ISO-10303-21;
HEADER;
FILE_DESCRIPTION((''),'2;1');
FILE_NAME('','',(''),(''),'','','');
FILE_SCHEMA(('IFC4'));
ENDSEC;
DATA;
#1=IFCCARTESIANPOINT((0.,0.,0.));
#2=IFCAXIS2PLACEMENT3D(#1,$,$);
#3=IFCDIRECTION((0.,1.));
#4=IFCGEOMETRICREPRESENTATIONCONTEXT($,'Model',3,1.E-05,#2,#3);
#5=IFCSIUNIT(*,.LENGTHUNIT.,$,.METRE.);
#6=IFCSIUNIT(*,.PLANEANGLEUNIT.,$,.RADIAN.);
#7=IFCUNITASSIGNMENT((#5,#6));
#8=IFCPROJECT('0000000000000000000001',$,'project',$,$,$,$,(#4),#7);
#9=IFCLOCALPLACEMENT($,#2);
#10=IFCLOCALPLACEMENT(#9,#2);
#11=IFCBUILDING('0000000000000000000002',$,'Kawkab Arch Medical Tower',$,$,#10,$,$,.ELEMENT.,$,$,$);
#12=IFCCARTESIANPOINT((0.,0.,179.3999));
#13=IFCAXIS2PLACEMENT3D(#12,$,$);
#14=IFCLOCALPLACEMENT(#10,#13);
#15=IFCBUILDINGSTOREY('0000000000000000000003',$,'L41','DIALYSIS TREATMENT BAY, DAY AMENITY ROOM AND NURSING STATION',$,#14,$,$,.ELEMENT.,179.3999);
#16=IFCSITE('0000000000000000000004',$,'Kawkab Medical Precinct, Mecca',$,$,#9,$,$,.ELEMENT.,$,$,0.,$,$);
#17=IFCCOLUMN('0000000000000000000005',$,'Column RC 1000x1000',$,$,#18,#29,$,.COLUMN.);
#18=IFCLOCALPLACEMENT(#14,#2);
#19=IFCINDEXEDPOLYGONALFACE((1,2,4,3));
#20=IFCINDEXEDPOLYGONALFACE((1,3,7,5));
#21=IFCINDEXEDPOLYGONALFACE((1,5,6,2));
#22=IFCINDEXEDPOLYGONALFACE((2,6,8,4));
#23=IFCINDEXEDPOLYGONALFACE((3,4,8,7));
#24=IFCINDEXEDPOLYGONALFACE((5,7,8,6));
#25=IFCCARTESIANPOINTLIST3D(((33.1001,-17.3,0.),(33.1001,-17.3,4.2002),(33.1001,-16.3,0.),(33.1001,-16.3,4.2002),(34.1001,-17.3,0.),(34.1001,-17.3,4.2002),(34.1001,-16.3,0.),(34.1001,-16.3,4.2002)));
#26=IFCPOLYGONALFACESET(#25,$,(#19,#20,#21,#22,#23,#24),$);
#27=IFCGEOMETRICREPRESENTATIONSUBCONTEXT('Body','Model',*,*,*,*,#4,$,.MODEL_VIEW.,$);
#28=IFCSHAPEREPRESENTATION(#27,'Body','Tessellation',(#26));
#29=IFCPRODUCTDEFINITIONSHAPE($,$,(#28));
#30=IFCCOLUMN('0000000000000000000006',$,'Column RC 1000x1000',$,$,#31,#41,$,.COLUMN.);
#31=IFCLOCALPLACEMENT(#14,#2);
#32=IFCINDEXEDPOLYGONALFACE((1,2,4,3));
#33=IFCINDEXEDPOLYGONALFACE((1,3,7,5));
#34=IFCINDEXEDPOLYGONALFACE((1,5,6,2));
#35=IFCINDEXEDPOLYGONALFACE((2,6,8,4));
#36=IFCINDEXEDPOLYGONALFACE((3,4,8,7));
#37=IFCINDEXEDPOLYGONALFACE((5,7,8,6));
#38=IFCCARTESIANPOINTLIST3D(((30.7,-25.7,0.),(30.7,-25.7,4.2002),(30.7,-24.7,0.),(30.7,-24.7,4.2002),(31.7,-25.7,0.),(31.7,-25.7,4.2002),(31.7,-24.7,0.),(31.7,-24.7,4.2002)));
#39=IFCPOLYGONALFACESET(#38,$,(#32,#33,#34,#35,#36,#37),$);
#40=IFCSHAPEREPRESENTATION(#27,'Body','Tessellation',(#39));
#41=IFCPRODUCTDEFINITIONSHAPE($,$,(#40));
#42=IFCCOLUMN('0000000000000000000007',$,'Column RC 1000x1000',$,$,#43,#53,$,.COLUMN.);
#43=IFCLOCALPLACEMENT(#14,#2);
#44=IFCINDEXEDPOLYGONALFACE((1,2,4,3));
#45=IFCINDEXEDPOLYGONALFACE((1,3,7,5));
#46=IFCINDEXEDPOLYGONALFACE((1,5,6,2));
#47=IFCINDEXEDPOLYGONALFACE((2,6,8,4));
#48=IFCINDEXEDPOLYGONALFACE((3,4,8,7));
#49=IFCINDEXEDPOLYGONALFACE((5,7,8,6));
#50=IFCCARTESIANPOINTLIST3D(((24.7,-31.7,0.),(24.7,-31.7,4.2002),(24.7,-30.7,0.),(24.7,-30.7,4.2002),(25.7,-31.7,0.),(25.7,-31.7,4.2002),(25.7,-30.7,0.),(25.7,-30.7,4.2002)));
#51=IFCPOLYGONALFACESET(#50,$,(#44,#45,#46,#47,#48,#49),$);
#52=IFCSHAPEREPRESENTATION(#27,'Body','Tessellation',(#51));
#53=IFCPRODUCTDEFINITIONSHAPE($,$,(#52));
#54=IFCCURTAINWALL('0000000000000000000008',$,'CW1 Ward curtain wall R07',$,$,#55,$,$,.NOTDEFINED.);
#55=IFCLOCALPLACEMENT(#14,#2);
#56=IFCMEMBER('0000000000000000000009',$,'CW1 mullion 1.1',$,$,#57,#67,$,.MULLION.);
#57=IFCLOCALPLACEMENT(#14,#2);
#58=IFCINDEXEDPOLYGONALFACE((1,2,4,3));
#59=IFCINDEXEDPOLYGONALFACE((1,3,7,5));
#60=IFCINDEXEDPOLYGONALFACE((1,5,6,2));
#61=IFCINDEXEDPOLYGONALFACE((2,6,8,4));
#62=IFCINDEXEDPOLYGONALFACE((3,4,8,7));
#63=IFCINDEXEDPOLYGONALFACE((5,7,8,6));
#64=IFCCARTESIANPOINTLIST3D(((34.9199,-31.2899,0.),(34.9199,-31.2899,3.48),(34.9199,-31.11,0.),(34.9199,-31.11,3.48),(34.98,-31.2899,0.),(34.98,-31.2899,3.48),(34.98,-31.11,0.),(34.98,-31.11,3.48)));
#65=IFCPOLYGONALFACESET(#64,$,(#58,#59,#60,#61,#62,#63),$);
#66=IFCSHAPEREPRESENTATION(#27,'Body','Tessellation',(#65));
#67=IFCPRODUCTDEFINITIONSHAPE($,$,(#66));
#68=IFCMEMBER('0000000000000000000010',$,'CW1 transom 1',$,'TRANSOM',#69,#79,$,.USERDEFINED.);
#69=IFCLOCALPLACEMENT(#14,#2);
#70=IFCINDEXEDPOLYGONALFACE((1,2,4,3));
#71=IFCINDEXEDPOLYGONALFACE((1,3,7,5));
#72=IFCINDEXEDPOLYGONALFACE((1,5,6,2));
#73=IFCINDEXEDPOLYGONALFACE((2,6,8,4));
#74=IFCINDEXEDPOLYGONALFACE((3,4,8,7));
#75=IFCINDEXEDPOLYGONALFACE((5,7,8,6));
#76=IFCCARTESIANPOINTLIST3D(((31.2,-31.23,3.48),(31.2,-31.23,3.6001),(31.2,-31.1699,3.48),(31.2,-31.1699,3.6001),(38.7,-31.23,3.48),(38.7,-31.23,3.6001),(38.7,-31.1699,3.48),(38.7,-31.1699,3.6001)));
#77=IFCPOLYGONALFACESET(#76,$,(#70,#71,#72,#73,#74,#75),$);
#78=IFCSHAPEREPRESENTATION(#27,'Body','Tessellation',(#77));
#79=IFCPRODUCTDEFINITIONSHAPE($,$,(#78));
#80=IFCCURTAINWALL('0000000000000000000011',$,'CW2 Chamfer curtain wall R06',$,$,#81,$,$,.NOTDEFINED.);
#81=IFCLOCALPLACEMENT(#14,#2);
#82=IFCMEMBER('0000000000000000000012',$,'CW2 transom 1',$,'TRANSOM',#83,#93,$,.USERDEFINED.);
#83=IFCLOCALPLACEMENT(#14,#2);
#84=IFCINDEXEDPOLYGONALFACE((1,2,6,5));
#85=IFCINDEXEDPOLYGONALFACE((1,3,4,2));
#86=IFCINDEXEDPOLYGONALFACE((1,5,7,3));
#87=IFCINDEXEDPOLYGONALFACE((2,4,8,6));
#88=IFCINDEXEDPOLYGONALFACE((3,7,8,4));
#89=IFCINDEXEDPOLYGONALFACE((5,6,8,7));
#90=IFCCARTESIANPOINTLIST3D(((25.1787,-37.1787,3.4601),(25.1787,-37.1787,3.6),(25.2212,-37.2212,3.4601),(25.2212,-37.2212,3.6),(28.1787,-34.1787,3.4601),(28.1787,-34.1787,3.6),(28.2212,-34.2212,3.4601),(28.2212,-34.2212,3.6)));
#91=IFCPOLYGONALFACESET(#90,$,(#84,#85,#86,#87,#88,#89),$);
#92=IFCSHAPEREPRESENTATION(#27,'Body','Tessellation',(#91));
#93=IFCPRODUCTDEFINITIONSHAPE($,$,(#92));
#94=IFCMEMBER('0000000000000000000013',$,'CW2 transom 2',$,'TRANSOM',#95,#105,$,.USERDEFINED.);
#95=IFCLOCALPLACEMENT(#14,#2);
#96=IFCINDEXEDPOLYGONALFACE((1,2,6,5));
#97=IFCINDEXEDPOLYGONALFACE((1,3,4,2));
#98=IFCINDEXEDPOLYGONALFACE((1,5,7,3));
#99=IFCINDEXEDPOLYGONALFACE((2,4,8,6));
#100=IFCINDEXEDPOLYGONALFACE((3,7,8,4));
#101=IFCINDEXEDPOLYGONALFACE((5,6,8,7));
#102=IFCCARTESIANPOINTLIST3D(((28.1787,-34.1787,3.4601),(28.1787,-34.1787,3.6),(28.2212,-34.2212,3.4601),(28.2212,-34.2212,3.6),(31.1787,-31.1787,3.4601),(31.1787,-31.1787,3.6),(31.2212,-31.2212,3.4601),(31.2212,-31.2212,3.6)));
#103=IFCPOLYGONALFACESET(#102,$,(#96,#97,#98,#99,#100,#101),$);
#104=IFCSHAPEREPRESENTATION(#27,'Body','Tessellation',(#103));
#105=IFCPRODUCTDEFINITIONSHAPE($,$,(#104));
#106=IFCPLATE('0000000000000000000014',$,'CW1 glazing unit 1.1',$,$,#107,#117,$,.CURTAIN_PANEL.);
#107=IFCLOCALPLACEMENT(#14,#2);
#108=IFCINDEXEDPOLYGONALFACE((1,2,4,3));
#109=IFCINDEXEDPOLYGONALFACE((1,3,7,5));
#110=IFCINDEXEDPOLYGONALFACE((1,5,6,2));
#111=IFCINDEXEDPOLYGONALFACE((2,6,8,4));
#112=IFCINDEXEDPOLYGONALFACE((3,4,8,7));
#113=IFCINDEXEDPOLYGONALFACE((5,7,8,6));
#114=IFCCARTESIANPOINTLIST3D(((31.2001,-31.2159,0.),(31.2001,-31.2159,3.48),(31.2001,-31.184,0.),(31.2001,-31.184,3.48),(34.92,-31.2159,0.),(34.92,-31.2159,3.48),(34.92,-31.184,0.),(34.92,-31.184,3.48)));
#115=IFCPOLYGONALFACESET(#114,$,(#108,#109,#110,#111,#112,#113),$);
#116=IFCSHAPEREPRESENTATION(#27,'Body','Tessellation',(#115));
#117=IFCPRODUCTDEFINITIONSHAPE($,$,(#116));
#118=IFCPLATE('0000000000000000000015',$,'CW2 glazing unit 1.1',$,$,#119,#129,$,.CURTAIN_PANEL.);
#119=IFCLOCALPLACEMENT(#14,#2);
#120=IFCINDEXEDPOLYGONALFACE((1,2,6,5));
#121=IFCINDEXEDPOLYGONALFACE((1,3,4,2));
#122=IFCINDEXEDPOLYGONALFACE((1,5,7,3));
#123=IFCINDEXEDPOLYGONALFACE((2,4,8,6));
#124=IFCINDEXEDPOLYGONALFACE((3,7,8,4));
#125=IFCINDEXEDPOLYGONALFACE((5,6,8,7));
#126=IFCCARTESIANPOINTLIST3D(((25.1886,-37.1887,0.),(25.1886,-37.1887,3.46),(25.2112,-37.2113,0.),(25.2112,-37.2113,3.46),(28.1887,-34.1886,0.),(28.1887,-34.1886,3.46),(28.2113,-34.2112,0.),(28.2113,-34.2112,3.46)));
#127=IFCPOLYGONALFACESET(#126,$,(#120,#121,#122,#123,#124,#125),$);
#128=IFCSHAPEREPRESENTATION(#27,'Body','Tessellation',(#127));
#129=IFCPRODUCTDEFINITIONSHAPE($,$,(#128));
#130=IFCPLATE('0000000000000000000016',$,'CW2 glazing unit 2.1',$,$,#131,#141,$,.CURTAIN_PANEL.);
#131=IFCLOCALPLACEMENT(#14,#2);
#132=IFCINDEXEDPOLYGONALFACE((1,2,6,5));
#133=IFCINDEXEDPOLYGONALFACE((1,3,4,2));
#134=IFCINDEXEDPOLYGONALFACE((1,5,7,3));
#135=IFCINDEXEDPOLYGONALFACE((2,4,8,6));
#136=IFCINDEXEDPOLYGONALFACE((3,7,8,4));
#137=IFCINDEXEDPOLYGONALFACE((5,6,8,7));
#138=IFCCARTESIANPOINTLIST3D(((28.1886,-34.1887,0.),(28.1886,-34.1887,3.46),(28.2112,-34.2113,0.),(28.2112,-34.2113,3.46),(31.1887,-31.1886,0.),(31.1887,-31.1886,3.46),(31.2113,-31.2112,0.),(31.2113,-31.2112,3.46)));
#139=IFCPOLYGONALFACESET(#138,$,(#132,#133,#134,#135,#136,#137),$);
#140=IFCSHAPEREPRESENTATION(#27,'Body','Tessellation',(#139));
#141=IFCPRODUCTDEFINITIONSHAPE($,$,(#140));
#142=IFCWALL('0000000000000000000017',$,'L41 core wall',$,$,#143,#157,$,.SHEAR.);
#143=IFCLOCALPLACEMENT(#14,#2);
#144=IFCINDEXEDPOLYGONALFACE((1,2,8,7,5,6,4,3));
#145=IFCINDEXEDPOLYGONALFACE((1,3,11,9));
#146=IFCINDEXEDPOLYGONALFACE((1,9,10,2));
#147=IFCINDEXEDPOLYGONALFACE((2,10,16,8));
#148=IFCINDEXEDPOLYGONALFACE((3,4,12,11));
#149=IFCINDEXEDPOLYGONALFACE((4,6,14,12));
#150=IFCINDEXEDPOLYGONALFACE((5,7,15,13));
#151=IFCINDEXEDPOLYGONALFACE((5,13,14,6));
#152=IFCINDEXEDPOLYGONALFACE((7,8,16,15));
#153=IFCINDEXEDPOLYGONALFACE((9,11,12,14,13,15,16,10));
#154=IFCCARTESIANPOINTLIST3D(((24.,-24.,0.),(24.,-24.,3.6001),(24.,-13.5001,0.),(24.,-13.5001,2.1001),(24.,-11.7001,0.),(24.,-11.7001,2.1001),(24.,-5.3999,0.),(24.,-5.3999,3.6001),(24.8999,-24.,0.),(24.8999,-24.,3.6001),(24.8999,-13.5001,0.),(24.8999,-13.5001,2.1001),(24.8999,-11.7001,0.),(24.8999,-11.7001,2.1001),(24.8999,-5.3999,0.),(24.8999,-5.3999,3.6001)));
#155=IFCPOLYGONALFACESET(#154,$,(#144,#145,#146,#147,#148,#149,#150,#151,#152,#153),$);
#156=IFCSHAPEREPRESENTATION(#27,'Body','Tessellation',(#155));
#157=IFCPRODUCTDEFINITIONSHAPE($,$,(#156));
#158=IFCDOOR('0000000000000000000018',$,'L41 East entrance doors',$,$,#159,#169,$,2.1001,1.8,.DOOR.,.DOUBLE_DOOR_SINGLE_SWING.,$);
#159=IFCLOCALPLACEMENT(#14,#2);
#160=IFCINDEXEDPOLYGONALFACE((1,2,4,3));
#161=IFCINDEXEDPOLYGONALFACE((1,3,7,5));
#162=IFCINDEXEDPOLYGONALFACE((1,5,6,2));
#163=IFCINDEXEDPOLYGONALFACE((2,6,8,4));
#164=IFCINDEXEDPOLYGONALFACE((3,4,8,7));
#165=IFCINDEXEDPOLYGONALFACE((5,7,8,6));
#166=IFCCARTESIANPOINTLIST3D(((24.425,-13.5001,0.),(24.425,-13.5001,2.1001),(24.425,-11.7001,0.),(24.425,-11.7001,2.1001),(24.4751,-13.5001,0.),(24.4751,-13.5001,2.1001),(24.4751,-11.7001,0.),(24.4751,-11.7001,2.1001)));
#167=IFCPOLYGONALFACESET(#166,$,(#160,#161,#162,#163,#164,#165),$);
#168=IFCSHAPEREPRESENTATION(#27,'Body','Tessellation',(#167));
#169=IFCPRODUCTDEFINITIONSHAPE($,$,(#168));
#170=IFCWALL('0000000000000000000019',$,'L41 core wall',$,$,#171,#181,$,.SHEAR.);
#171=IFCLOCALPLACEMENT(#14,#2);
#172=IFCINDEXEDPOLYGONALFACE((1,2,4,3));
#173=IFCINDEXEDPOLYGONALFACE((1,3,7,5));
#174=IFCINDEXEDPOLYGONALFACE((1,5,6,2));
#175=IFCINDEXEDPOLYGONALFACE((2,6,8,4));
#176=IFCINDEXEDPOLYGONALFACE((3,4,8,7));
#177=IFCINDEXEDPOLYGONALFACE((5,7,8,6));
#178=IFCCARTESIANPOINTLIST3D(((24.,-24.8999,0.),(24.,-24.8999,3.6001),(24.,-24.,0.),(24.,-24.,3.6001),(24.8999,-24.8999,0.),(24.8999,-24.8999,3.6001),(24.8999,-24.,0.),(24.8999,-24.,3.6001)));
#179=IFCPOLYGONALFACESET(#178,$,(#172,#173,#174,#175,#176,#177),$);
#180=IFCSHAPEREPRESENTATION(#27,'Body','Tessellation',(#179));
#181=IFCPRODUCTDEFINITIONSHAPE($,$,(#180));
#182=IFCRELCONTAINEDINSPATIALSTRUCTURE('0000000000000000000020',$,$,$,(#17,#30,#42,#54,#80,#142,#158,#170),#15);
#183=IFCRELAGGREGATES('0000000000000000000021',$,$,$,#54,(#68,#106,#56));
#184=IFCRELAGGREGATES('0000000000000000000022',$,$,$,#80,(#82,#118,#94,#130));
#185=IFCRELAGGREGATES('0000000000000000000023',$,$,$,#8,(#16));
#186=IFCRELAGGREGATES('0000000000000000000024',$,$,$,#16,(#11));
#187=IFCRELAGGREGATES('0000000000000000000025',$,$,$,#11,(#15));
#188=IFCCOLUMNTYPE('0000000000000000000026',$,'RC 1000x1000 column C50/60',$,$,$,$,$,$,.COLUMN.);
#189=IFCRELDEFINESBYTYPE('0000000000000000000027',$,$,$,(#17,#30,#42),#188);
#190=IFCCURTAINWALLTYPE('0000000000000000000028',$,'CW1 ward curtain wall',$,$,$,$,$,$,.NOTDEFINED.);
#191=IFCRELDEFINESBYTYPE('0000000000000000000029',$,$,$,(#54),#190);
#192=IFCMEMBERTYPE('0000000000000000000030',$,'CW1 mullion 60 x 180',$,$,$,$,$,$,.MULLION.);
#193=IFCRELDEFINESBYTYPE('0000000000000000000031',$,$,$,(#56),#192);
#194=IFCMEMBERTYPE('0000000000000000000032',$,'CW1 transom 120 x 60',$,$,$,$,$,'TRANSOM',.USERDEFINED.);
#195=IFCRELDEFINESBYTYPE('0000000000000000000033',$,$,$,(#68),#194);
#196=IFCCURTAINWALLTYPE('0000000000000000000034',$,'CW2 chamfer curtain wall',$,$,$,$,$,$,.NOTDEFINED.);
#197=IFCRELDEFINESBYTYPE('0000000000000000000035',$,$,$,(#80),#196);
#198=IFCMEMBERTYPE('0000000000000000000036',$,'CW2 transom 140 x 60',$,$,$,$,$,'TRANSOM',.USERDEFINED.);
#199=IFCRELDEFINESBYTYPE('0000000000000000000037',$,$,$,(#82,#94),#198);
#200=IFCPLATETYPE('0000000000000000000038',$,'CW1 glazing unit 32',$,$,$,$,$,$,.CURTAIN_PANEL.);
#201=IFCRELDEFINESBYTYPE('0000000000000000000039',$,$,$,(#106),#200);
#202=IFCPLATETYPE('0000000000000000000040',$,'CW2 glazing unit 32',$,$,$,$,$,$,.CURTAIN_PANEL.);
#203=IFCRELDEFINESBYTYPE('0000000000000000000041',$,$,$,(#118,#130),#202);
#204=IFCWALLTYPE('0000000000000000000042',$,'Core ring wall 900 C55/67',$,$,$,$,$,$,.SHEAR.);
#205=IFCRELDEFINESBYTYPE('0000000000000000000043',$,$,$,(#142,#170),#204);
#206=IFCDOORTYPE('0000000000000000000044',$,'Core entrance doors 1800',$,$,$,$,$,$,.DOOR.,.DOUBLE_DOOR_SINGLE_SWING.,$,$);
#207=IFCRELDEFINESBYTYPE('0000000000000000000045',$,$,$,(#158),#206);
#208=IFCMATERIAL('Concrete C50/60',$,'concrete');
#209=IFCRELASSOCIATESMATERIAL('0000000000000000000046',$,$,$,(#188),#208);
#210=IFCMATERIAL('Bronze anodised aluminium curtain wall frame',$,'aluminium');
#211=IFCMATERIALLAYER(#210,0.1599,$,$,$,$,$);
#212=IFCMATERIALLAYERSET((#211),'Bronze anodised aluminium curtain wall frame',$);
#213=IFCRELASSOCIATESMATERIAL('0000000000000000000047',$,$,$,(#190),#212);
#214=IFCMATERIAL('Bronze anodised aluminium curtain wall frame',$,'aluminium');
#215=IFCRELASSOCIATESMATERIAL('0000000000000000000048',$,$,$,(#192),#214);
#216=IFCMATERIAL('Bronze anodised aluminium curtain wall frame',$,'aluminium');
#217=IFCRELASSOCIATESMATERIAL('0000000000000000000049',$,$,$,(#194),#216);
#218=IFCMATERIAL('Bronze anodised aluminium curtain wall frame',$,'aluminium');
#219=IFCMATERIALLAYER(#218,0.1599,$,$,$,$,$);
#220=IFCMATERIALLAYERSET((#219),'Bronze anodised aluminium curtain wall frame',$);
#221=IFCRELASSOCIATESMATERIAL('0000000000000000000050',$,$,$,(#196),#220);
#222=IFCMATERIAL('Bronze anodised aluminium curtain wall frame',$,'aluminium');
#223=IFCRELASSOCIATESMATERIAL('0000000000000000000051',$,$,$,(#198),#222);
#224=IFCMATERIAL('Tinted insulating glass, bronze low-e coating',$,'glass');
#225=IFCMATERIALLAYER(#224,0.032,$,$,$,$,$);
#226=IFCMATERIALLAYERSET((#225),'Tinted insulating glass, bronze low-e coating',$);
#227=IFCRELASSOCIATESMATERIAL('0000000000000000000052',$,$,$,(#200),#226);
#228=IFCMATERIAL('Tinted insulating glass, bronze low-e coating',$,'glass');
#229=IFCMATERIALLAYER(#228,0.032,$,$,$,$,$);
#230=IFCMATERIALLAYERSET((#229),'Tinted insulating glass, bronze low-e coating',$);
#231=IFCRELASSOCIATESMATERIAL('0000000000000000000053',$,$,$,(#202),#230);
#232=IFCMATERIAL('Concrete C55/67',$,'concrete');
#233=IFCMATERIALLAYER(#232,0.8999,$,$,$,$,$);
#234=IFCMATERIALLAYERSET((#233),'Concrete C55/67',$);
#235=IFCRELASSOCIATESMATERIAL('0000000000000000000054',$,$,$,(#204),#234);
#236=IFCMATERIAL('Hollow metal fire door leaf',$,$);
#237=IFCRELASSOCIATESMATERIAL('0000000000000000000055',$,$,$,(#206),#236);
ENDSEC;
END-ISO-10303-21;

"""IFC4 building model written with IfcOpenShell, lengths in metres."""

from ifc_helpers import new_model, si_unit, direction, frame, frame_2d, origin, origin_2d, place, context, subcontext, project, spatial, rectangle, extrude, material, layer, layer_set, material_profile, profile_set, type_object, element, fill, aggregate, save


model = new_model("IFC4")

# Units and contexts
model_context = context("Model", 3, precision=1e-05, world=origin(), true_north=direction((0.0, 1.0)))
body_context = subcontext(model_context, "Body", "Model", "MODEL_VIEW")
ifc_project = project(units=[si_unit("LENGTHUNIT", "METRE"), si_unit("PLANEANGLEUNIT", "RADIAN")], contexts=[model_context])

# Site, building, storey
site_placement = place(None, origin())
site = spatial("IfcSite", under=ifc_project, at=site_placement, Name="Kawkab Medical Precinct, Mecca", CompositionType="ELEMENT", RefElevation=0.0)
building_placement = place(site_placement, origin())
building = spatial("IfcBuilding", under=site, at=building_placement, Name="Kawkab Arch Medical Tower", CompositionType="ELEMENT")
storey_placement = place(building_placement, frame((0.0, 0.0, 179.3999)))
storey = spatial("IfcBuildingStorey", under=building, at=storey_placement, Name="L41", Description="DIALYSIS TREATMENT BAY, DAY AMENITY ROOM AND NURSING STATION", CompositionType="ELEMENT", Elevation=179.3999)

# Columns
ifc_material_1 = material(Name="Concrete C50/60", Category="concrete")
ifc_material_profile_1 = material_profile(ifc_material_1, rectangle(XDim=1.0, YDim=1.0, at=origin_2d()), Name="RC 1000x1000")
ifc_profile_set_1 = profile_set([ifc_material_profile_1], Name="Concrete C50/60")
column_type = type_object("IfcColumnType", Name="RC 1000x1000 column C50/60", PredefinedType="COLUMN", material=ifc_profile_set_1)
for number, where, z_axis, x_axis, name in (
    (1, (33.6001, -16.8, 0.0), (0.0, 0.0, 1.0), (1.0, 0.0, 0.0), "Column RC 1000x1000"),
    (2, (31.2, -25.2, 0.0), (0.0, 0.0, 1.0), (1.0, 0.0, 0.0), "Column RC 1000x1000"),
    (3, (25.2, -31.2, 0.0), (0.0, 0.0, 1.0), (1.0, 0.0, 0.0), "Column RC 1000x1000"),
):
    element("IfcColumn", number, at=place(storey_placement, frame(where, z_axis=z_axis, x_axis=x_axis)), inside=storey, type_object=column_type, Name=name, PredefinedType="COLUMN", context=body_context, shape_type="SweptSolid", body=[
        extrude(rectangle(XDim=1.0, YDim=1.0, at=origin_2d()), origin(), (0.0, 0.0, 1.0), 4.2002),
    ])

# Curtain walls, members
ifc_material_2 = material(Name="Bronze anodised aluminium curtain wall frame", Category="aluminium")
ifc_layer_1 = layer(ifc_material_2, 0.1599)
ifc_layer_set_1 = layer_set([ifc_layer_1], Name="Bronze anodised aluminium curtain wall frame")
curtain_wall_type_1 = type_object("IfcCurtainWallType", Name="CW1 ward curtain wall", PredefinedType="NOTDEFINED", material=ifc_layer_set_1)
placement = place(storey_placement, origin())
curtain_wall_1 = element("IfcCurtainWall", 4, at=placement, inside=storey, type_object=curtain_wall_type_1, Name="CW1 Ward curtain wall R07", PredefinedType="NOTDEFINED")
ifc_material_3 = material(Name="Bronze anodised aluminium curtain wall frame", Category="aluminium")
ifc_material_profile_2 = material_profile(ifc_material_3, rectangle(XDim=0.1799, YDim=0.0601, at=origin_2d()), Name="AL 60x180")
ifc_profile_set_2 = profile_set([ifc_material_profile_2], Name="Bronze anodised aluminium curtain wall frame")
member_type_1 = type_object("IfcMemberType", Name="CW1 mullion 60 x 180", PredefinedType="MULLION", material=ifc_profile_set_2)
member_1_placement = place(storey_placement, frame((34.95, -31.2, 0.0), z_axis=(0.0, 0.0, 1.0), x_axis=(0.0, 1.0, 0.0)))
member_1 = element("IfcMember", 5, at=member_1_placement, type_object=member_type_1, Name="CW1 mullion 1.1", PredefinedType="MULLION", context=body_context, shape_type="SweptSolid", body=[
    extrude(rectangle(XDim=0.1799, YDim=0.0601, at=origin_2d()), origin(), (0.0, 0.0, 1.0), 3.48),
])
ifc_material_4 = material(Name="Bronze anodised aluminium curtain wall frame", Category="aluminium")
ifc_material_profile_3 = material_profile(ifc_material_4, rectangle(XDim=0.0601, YDim=0.1201, at=origin_2d()), Name="AL 60x120")
ifc_profile_set_3 = profile_set([ifc_material_profile_3], Name="Bronze anodised aluminium curtain wall frame")
member_type_2 = type_object("IfcMemberType", Name="CW1 transom 120 x 60", ElementType="TRANSOM", PredefinedType="USERDEFINED", material=ifc_profile_set_3)
member_2_placement = place(storey_placement, frame((31.2, -31.2, 3.54), z_axis=(1.0, 0.0, 0.0), x_axis=(0.0, 1.0, 0.0)))
member_2 = element("IfcMember", 6, at=member_2_placement, type_object=member_type_2, Name="CW1 transom 1", ObjectType="TRANSOM", PredefinedType="USERDEFINED", context=body_context, shape_type="SweptSolid", body=[
    extrude(rectangle(XDim=0.0601, YDim=0.1201, at=origin_2d()), origin(), (0.0, 0.0, 1.0), 7.5),
])
ifc_material_5 = material(Name="Bronze anodised aluminium curtain wall frame", Category="aluminium")
ifc_layer_2 = layer(ifc_material_5, 0.1599)
ifc_layer_set_2 = layer_set([ifc_layer_2], Name="Bronze anodised aluminium curtain wall frame")
curtain_wall_type_2 = type_object("IfcCurtainWallType", Name="CW2 chamfer curtain wall", PredefinedType="NOTDEFINED", material=ifc_layer_set_2)
curtain_wall_2 = element("IfcCurtainWall", 7, at=placement, inside=storey, type_object=curtain_wall_type_2, Name="CW2 Chamfer curtain wall R06", PredefinedType="NOTDEFINED")
ifc_material_6 = material(Name="Bronze anodised aluminium curtain wall frame", Category="aluminium")
ifc_material_profile_4 = material_profile(ifc_material_6, rectangle(XDim=0.0601, YDim=0.1399, at=origin_2d()), Name="AL 60x140")
ifc_profile_set_4 = profile_set([ifc_material_profile_4], Name="Bronze anodised aluminium curtain wall frame")
member_type_3 = type_object("IfcMemberType", Name="CW2 transom 140 x 60", ElementType="TRANSOM", PredefinedType="USERDEFINED", material=ifc_profile_set_4)
member_3_placement = place(storey_placement, frame((25.2, -37.2, 3.53), z_axis=(0.707107, 0.707107, 0.0), x_axis=(-0.707107, 0.707107, 0.0)))
member_3 = element("IfcMember", 8, at=member_3_placement, type_object=member_type_3, Name="CW2 transom 1", ObjectType="TRANSOM", PredefinedType="USERDEFINED", context=body_context, shape_type="SweptSolid", body=[
    extrude(rectangle(XDim=0.0601, YDim=0.1399, at=origin_2d()), origin(), (0.0, 0.0, 1.0), 4.2427),
])
member_4_placement = place(storey_placement, frame((28.2, -34.2, 3.53), z_axis=(0.707107, 0.707107, 0.0), x_axis=(-0.707107, 0.707107, 0.0)))
member_4 = element("IfcMember", 9, at=member_4_placement, type_object=member_type_3, Name="CW2 transom 2", ObjectType="TRANSOM", PredefinedType="USERDEFINED", context=body_context, shape_type="SweptSolid", body=[
    extrude(rectangle(XDim=0.0601, YDim=0.1399, at=origin_2d()), origin(), (0.0, 0.0, 1.0), 4.2427),
])

# Plates
ifc_material_7 = material(Name="Tinted insulating glass, bronze low-e coating", Category="glass")
ifc_layer_3 = layer(ifc_material_7, 0.032)
ifc_layer_set_3 = layer_set([ifc_layer_3], Name="Tinted insulating glass, bronze low-e coating")
plate_type_1 = type_object("IfcPlateType", Name="CW1 glazing unit 32", PredefinedType="CURTAIN_PANEL", material=ifc_layer_set_3)
plate_1_placement = place(storey_placement, frame((33.0601, -31.2, 0.0), z_axis=(0.0, 0.0, 1.0), x_axis=(1.0, 0.0, 0.0)))
plate_1 = element("IfcPlate", 10, at=plate_1_placement, type_object=plate_type_1, Name="CW1 glazing unit 1.1", PredefinedType="CURTAIN_PANEL", context=body_context, shape_type="SweptSolid", body=[
    extrude(rectangle(XDim=3.72, YDim=0.032, at=origin_2d()), origin(), (0.0, 0.0, 1.0), 3.48),
])
aggregate(curtain_wall_1, [member_2, plate_1, member_1])
ifc_material_8 = material(Name="Tinted insulating glass, bronze low-e coating", Category="glass")
ifc_layer_4 = layer(ifc_material_8, 0.032)
ifc_layer_set_4 = layer_set([ifc_layer_4], Name="Tinted insulating glass, bronze low-e coating")
plate_type_2 = type_object("IfcPlateType", Name="CW2 glazing unit 32", PredefinedType="CURTAIN_PANEL", material=ifc_layer_set_4)
plate_2_placement = place(storey_placement, frame((26.7, -35.7, 0.0), z_axis=(0.0, 0.0, 1.0), x_axis=(0.707107, 0.707107, 0.0)))
plate_2 = element("IfcPlate", 11, at=plate_2_placement, type_object=plate_type_2, Name="CW2 glazing unit 1.1", PredefinedType="CURTAIN_PANEL", context=body_context, shape_type="SweptSolid", body=[
    extrude(rectangle(XDim=4.2427, YDim=0.032, at=origin_2d()), origin(), (0.0, 0.0, 1.0), 3.46),
])
plate_3_placement = place(storey_placement, frame((29.7, -32.7, 0.0), z_axis=(0.0, 0.0, 1.0), x_axis=(0.707107, 0.707107, 0.0)))
plate_3 = element("IfcPlate", 12, at=plate_3_placement, type_object=plate_type_2, Name="CW2 glazing unit 2.1", PredefinedType="CURTAIN_PANEL", context=body_context, shape_type="SweptSolid", body=[
    extrude(rectangle(XDim=4.2427, YDim=0.032, at=origin_2d()), origin(), (0.0, 0.0, 1.0), 3.46),
])
aggregate(curtain_wall_2, [member_3, plate_2, member_4, plate_3])

# Wall, opening, door
ifc_material_9 = material(Name="Concrete C55/67", Category="concrete")
ifc_layer_5 = layer(ifc_material_9, 0.8999)
ifc_layer_set_5 = layer_set([ifc_layer_5], Name="Concrete C55/67")
wall_type_1 = type_object("IfcWallType", Name="Core ring wall 900 C55/67", PredefinedType="SHEAR", material=ifc_layer_set_5)
wall_1_placement = place(storey_placement, frame((24.45, -24.0, 0.0), z_axis=(0.0, 0.0, 1.0), x_axis=(0.0, 1.0, 0.0)))
wall_1 = element("IfcWall", 13, at=wall_1_placement, inside=storey, type_object=wall_type_1, Name="L41 core wall", PredefinedType="SHEAR", context=body_context, shape_type="SweptSolid", body=[
    extrude(rectangle(XDim=18.6001, YDim=0.8999, at=frame_2d((9.3, 0.0))), origin(), (0.0, 0.0, 1.0), 3.6001),
])
opening_1_placement = place(wall_1_placement, frame((10.5, 0.0, 0.0)))
opening_1 = element("IfcOpeningElement", 14, at=opening_1_placement, cuts=wall_1, PredefinedType="OPENING", context=body_context, shape_type="SweptSolid", body=[
    extrude(rectangle(XDim=1.8, YDim=2.1001, at=frame_2d((0.8999, 1.05))), frame((0.0, 0.46, 0.0), z_axis=(0.0, -1.0, 0.0), x_axis=(1.0, 0.0, 0.0)), (0.0, 0.0, 1.0), 0.9199),
])
ifc_material_10 = material(Name="Hollow metal fire door leaf")
door_type_1 = type_object("IfcDoorType", Name="Core entrance doors 1800", OperationType="DOUBLE_DOOR_SINGLE_SWING", PredefinedType="DOOR", material=ifc_material_10)
door_1_placement = place(opening_1_placement, origin())
door_1 = element("IfcDoor", 15, at=door_1_placement, inside=storey, type_object=door_type_1, Name="L41 East entrance doors", OperationType="DOUBLE_DOOR_SINGLE_SWING", OverallHeight=2.1001, OverallWidth=1.8, PredefinedType="DOOR", context=body_context, shape_type="SweptSolid", body=[
    extrude(rectangle(XDim=1.8, YDim=2.1001, at=frame_2d((0.8999, 1.05))), frame((0.0, 0.0249, 0.0), z_axis=(0.0, -1.0, 0.0), x_axis=(1.0, 0.0, 0.0)), (0.0, 0.0, 1.0), 0.05),
])
fill(opening_1, door_1)

# Wall
wall_2_placement = place(storey_placement, frame((24.45, -24.8999, 0.0), z_axis=(0.0, 0.0, 1.0), x_axis=(0.0, 1.0, 0.0)))
element("IfcWall", 16, at=wall_2_placement, inside=storey, type_object=wall_type_1, Name="L41 core wall", PredefinedType="SHEAR", context=body_context, shape_type="SweptSolid", body=[
    extrude(rectangle(XDim=0.8999, YDim=0.8999, at=frame_2d((0.45, 0.0))), origin(), (0.0, 0.0, 1.0), 3.6001),
])

save(model, "model.ifc")
